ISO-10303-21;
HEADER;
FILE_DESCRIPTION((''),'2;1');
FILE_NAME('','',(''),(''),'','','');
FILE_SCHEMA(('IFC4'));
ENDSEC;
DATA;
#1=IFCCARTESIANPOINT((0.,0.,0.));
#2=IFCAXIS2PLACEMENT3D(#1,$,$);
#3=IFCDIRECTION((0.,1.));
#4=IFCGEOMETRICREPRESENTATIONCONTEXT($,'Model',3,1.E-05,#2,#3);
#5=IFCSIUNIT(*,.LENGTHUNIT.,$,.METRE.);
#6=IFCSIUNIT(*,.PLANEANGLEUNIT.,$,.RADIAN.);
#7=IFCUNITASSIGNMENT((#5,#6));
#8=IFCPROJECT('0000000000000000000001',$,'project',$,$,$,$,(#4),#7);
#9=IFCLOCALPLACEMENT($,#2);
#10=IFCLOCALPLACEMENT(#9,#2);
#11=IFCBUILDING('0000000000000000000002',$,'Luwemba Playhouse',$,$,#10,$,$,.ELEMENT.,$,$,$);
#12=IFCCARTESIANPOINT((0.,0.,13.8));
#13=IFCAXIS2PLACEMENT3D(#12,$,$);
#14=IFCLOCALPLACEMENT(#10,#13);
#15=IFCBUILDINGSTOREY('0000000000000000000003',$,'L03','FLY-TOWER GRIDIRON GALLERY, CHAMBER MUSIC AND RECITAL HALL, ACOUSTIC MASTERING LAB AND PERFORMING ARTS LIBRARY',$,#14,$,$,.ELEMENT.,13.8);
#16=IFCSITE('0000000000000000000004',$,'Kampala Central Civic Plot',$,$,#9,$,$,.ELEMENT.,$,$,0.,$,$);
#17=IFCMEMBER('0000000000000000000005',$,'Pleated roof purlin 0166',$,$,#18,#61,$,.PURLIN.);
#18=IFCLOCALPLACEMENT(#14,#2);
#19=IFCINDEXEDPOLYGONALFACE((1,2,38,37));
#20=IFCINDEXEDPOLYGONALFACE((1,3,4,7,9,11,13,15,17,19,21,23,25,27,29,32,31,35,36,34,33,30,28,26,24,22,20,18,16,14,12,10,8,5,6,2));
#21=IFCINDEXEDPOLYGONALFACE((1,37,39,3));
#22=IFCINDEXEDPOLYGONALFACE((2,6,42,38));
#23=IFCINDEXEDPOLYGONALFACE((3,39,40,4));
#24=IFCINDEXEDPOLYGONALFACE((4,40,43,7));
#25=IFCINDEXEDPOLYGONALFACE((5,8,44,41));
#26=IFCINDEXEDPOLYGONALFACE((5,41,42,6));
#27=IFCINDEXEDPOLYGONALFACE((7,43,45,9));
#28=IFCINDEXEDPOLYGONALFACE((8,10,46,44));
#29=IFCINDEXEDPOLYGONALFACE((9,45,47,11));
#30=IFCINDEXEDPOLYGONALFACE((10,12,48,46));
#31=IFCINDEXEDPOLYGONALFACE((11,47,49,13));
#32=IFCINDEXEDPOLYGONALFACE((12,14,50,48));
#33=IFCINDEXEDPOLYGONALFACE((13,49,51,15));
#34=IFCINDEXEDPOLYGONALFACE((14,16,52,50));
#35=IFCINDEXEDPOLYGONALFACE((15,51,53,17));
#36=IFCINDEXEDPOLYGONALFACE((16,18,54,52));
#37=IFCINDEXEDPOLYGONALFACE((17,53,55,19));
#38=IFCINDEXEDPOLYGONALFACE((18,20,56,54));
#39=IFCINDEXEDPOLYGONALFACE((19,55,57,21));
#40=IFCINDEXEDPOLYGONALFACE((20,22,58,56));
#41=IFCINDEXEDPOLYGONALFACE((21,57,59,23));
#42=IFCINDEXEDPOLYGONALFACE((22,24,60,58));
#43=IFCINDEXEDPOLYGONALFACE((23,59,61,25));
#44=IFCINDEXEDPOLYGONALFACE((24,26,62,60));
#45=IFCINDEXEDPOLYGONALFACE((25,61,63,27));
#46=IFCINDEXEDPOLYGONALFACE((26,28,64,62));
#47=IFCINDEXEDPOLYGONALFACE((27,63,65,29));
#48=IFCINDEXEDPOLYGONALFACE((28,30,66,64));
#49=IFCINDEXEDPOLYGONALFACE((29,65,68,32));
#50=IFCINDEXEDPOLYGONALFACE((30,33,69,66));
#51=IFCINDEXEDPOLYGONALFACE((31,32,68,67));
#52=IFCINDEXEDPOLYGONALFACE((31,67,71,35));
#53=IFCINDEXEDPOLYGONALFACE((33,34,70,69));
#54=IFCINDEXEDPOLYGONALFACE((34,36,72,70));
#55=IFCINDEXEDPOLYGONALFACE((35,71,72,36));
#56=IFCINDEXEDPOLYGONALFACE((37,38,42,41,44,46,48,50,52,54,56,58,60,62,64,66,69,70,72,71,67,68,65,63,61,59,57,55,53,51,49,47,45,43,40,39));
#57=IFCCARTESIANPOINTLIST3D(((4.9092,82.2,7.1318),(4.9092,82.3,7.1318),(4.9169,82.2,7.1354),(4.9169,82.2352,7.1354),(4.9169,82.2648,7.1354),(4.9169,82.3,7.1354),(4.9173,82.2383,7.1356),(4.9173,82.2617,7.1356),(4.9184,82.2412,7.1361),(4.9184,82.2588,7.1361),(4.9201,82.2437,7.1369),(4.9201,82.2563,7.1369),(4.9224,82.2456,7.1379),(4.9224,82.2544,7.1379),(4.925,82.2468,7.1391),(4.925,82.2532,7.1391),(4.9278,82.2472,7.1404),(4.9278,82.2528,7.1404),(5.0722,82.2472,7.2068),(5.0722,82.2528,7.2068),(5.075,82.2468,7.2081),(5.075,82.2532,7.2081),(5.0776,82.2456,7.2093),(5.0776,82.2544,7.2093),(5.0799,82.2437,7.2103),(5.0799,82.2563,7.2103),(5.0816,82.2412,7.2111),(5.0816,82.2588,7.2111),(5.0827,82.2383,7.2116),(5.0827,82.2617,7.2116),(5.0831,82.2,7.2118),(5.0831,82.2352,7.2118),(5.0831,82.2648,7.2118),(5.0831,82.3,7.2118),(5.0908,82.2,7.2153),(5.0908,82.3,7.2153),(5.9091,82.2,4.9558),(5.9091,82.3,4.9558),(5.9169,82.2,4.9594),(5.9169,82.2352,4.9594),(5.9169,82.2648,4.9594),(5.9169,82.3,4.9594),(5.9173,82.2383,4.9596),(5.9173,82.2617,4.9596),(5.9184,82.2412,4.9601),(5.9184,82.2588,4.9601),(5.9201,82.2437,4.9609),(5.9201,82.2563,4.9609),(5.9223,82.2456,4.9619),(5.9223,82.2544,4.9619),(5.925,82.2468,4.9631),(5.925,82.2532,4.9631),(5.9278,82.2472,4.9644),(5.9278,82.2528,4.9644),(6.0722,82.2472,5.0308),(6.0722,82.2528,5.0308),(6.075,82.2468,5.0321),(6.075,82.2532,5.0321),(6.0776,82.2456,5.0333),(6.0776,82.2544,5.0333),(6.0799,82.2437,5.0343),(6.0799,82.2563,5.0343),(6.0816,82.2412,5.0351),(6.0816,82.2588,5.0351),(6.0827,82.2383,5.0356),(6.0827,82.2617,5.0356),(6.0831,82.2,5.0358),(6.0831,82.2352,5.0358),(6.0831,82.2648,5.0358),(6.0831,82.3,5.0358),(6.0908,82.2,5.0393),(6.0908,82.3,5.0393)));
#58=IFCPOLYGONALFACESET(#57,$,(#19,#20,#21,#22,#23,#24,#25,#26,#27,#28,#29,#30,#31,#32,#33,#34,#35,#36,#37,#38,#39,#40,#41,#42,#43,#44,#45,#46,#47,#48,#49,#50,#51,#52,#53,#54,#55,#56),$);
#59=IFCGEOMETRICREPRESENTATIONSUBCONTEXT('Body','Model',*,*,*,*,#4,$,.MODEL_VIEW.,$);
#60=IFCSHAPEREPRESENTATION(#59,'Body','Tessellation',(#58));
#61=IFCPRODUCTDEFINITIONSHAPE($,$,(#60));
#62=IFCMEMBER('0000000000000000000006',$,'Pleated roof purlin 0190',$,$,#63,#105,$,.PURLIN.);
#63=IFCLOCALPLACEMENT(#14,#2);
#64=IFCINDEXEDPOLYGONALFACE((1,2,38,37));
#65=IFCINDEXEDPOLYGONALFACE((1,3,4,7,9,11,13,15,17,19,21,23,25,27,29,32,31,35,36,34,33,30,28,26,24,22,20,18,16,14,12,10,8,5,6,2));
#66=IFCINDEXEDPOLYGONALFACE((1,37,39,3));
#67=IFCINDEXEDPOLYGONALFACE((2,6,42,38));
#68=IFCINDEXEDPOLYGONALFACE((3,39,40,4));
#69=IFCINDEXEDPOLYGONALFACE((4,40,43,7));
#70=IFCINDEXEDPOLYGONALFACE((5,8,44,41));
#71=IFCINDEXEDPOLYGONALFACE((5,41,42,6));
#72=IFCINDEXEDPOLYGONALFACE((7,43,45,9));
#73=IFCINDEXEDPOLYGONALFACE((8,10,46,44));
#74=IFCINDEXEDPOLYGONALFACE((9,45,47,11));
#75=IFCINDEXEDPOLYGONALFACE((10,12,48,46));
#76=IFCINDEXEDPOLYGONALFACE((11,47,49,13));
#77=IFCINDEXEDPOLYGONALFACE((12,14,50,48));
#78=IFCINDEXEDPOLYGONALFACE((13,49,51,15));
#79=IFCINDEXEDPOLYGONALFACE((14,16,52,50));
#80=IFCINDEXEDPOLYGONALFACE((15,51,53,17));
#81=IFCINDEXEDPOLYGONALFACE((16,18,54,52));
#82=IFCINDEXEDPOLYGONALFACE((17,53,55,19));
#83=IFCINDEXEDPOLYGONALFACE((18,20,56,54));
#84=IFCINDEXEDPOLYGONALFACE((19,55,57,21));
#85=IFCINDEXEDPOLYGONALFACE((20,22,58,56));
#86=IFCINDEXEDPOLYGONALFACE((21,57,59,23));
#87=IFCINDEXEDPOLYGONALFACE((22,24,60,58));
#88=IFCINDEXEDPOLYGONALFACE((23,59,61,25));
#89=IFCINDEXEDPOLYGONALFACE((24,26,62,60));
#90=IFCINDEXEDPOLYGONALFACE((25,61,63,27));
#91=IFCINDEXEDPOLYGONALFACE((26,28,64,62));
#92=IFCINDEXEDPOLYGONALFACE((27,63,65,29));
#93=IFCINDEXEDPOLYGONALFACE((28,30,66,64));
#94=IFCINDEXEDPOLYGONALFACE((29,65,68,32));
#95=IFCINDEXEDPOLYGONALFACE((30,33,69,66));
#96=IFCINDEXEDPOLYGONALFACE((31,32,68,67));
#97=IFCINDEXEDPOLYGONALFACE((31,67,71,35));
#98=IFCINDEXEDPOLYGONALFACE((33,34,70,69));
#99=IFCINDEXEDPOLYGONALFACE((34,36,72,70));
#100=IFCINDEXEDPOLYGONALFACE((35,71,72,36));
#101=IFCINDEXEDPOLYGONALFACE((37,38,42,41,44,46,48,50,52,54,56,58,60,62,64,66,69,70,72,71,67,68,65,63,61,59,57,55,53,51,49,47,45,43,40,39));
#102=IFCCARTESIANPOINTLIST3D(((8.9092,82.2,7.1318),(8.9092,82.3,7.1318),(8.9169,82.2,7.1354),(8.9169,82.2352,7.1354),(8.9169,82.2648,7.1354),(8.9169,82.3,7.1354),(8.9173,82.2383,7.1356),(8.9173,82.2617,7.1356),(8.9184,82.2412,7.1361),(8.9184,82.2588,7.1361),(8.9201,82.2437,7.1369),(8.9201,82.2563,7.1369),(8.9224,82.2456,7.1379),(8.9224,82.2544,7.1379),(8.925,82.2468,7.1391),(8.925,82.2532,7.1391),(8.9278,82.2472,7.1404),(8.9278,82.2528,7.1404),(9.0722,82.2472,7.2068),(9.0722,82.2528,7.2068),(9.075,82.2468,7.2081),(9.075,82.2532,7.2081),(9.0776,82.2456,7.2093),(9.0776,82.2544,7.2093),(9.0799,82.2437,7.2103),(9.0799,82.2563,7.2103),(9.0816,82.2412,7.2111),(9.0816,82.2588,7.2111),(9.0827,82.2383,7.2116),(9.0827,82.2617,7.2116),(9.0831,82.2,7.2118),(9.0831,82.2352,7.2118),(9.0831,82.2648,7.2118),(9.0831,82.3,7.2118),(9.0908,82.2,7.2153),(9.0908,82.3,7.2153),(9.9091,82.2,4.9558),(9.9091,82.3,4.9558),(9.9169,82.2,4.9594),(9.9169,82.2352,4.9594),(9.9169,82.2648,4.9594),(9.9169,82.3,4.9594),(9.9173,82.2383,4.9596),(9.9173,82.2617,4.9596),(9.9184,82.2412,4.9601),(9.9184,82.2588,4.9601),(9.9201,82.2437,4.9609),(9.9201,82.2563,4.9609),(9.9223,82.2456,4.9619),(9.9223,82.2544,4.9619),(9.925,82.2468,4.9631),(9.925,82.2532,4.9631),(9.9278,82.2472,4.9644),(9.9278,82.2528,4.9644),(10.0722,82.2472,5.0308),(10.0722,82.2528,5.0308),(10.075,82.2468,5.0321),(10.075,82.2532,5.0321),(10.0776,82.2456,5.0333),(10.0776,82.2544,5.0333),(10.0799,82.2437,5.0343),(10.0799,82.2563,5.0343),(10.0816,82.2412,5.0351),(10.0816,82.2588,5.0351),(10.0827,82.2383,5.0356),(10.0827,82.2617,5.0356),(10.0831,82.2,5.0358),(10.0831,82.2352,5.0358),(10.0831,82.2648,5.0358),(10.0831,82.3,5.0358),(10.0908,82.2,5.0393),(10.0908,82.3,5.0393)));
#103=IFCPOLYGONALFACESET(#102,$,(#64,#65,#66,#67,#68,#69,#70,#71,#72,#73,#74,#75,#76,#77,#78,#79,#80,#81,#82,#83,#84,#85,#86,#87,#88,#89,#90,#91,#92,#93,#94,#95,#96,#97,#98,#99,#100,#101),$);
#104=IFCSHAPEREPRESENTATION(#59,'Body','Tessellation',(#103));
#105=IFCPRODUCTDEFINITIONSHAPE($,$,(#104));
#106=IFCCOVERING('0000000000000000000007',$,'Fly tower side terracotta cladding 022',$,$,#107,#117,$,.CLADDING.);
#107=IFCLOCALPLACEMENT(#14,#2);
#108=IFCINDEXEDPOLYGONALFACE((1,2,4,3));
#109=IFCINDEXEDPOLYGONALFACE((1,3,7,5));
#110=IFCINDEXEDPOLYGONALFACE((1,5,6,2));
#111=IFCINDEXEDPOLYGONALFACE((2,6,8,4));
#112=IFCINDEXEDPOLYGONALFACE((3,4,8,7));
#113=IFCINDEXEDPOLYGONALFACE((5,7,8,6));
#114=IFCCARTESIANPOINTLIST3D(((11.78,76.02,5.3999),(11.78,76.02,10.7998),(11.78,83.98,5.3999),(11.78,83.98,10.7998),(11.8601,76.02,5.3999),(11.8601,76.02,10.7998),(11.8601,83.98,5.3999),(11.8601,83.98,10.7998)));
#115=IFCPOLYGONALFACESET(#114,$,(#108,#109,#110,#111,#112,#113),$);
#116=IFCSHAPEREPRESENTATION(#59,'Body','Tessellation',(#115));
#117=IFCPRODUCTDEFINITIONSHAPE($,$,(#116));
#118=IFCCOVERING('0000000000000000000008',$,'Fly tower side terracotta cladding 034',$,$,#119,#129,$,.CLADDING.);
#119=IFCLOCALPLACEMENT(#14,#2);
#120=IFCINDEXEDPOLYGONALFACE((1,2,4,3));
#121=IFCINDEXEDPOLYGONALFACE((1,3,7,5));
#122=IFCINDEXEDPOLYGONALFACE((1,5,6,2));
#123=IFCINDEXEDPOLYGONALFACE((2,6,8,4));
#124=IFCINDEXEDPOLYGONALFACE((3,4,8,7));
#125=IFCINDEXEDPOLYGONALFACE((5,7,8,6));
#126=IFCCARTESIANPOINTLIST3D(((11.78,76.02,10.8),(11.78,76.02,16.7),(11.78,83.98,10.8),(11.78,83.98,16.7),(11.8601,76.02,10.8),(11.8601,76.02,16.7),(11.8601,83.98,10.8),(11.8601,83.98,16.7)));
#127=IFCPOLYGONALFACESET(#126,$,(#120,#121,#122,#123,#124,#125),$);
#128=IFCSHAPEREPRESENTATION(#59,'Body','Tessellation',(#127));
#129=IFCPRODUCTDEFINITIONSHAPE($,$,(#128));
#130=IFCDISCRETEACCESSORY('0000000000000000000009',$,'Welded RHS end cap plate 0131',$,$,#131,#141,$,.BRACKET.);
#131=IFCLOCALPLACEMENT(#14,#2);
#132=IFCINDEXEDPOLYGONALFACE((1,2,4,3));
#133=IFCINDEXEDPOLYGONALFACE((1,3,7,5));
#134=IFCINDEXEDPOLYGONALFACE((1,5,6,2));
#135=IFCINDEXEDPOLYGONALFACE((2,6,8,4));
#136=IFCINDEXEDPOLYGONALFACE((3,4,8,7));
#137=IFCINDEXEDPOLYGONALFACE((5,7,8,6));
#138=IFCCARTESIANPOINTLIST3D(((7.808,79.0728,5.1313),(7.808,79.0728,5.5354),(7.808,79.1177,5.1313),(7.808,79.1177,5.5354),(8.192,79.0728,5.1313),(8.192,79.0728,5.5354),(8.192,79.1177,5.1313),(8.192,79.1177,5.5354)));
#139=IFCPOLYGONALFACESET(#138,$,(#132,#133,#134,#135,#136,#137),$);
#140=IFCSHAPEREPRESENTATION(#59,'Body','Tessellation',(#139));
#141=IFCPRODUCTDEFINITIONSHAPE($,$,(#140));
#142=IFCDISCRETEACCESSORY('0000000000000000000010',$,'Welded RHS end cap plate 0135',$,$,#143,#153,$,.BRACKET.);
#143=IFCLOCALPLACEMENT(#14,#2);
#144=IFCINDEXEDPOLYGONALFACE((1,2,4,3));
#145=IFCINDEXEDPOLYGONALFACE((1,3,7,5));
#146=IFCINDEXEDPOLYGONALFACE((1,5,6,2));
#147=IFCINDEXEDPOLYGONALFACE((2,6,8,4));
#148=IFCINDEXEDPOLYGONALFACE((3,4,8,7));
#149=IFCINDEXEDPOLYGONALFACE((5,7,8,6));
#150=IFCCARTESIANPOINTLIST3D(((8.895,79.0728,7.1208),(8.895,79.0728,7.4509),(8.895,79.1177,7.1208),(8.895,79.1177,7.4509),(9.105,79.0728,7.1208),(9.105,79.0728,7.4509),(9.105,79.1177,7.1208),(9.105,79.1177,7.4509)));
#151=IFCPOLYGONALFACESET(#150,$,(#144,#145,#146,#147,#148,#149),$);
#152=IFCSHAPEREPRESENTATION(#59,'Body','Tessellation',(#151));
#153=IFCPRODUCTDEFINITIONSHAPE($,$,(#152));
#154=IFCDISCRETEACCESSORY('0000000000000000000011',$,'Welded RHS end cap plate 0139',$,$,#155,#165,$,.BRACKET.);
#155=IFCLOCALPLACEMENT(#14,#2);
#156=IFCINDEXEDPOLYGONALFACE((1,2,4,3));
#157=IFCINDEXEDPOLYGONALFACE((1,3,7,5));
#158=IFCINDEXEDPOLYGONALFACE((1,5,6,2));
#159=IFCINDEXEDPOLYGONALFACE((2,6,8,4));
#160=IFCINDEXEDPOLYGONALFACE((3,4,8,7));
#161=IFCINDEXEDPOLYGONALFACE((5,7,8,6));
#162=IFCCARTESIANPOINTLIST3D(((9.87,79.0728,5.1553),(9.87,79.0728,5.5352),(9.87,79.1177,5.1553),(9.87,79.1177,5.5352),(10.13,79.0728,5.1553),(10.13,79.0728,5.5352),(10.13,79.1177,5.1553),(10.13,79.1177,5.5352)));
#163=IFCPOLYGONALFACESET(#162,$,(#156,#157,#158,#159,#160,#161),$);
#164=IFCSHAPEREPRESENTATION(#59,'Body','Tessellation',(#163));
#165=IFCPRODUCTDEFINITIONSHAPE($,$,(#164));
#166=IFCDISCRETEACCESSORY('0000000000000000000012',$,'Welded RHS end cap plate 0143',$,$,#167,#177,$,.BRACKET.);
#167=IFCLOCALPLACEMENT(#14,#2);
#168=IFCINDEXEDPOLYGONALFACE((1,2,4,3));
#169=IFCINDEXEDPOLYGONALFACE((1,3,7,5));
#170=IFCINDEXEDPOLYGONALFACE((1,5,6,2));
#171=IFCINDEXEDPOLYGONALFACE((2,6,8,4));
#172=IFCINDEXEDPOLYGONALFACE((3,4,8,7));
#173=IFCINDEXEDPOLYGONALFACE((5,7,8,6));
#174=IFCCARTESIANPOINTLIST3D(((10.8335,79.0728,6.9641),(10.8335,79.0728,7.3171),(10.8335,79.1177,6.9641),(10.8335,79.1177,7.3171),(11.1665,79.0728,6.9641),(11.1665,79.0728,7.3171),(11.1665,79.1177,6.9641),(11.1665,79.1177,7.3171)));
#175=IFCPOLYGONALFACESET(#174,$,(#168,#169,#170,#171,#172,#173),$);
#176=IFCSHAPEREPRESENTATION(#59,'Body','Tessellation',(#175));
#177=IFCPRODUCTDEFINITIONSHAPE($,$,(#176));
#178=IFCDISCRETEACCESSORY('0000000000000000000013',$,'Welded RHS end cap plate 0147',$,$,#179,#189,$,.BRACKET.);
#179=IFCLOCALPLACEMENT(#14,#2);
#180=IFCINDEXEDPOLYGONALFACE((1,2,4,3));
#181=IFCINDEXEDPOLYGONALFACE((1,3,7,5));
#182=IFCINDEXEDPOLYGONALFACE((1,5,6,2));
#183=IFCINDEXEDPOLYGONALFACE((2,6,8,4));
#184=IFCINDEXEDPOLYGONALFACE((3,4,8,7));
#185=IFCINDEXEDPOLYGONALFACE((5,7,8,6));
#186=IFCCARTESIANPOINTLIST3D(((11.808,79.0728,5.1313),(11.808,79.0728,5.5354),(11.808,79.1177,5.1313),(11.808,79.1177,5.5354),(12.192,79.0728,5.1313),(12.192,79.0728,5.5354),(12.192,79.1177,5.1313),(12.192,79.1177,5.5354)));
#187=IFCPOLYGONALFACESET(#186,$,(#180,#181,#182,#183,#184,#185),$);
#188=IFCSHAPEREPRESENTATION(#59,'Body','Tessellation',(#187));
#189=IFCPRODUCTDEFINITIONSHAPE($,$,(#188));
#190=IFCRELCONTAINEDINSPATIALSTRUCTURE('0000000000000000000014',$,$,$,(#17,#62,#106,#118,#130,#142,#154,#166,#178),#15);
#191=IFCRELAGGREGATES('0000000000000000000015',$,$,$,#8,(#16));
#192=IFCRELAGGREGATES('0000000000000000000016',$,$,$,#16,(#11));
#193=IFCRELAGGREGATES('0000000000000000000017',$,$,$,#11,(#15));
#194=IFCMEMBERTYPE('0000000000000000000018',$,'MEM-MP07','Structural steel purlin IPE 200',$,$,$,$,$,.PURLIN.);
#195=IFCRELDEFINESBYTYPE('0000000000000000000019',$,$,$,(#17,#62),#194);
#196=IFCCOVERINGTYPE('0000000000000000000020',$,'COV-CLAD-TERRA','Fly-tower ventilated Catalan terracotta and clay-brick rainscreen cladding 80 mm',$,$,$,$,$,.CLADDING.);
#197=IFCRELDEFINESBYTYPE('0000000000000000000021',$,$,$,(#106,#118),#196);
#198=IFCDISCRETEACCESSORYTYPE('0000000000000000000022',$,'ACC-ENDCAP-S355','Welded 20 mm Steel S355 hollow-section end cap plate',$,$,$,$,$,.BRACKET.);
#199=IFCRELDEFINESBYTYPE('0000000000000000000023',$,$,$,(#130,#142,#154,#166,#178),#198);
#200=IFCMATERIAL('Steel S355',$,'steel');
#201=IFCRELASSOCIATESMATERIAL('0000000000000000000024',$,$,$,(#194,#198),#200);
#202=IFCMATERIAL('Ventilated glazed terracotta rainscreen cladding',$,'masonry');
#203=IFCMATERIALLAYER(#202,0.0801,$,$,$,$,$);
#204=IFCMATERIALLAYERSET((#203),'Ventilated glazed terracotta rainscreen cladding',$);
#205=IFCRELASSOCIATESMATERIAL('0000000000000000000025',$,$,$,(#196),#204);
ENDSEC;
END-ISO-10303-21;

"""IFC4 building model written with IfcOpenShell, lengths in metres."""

from ifc_helpers import new_model, si_unit, direction, frame, origin, origin_2d, place, context, subcontext, project, spatial, rectangle, i_section, extrude, material, layer, layer_set, material_profile, profile_set, type_object, element, save


model = new_model("IFC4")

# Units and contexts
model_context = context("Model", 3, precision=1e-05, world=origin(), true_north=direction((0.0, 1.0)))
body_context = subcontext(model_context, "Body", "Model", "MODEL_VIEW")
ifc_project = project(units=[si_unit("LENGTHUNIT", "METRE"), si_unit("PLANEANGLEUNIT", "RADIAN")], contexts=[model_context])

# Site, building, storey
site_placement = place(None, origin())
site = spatial("IfcSite", under=ifc_project, at=site_placement, Name="Kampala Central Civic Plot", CompositionType="ELEMENT", RefElevation=0.0)
building_placement = place(site_placement, origin())
building = spatial("IfcBuilding", under=site, at=building_placement, Name="Luwemba Playhouse", CompositionType="ELEMENT")
storey_placement = place(building_placement, frame((0.0, 0.0, 13.8)))
storey = spatial("IfcBuildingStorey", under=building, at=storey_placement, Name="L03", Description="FLY-TOWER GRIDIRON GALLERY, CHAMBER MUSIC AND RECITAL HALL, ACOUSTIC MASTERING LAB AND PERFORMING ARTS LIBRARY", CompositionType="ELEMENT", Elevation=13.8)

# Shared definitions
ifc_material_1 = material(Name="Steel S355", Category="steel")

# Members
ifc_material_profile_1 = material_profile(ifc_material_1, i_section(OverallWidth=0.1001, OverallDepth=0.2, WebThickness=0.0056, FlangeThickness=0.0085, FilletRadius=0.012, at=origin_2d()))
ifc_profile_set_1 = profile_set([ifc_material_profile_1], Name="Steel S355")
member_type_1 = type_object("IfcMemberType", Name="MEM-MP07", Description="Structural steel purlin IPE 200", PredefinedType="PURLIN", material=ifc_profile_set_1)
for number, where, z_axis, x_axis, name in (
    (1, (5.0, 82.25, 7.1736), (0.417571, 0.0, -0.908644), (0.0, 1.0, 0.0), "Pleated roof purlin 0166"),
    (2, (9.0, 82.25, 7.1736), (0.417571, 0.0, -0.908644), (0.0, 1.0, 0.0), "Pleated roof purlin 0190"),
):
    element("IfcMember", number, at=place(storey_placement, frame(where, z_axis=z_axis, x_axis=x_axis)), inside=storey, type_object=member_type_1, Name=name, PredefinedType="PURLIN", context=body_context, shape_type="SweptSolid", body=[
        extrude(i_section(OverallWidth=0.1001, OverallDepth=0.2, WebThickness=0.0056, FlangeThickness=0.0085, FilletRadius=0.012, at=origin_2d()), origin(), (0.0, 0.0, 1.0), 2.3948),
    ])

# Coverings
ifc_material_2 = material(Name="Ventilated glazed terracotta rainscreen cladding", Category="masonry")
ifc_layer = layer(ifc_material_2, 0.0801)
ifc_layer_set = layer_set([ifc_layer], Name="Ventilated glazed terracotta rainscreen cladding")
covering_type = type_object("IfcCoveringType", Name="COV-CLAD-TERRA", Description="Fly-tower ventilated Catalan terracotta and clay-brick rainscreen cladding 80 mm", PredefinedType="CLADDING", material=ifc_layer_set)
covering_1_placement = place(storey_placement, frame((11.8201, 80.0, 5.3999), z_axis=(0.0, 0.0, 1.0), x_axis=(0.0, 1.0, 0.0)))
element("IfcCovering", 3, at=covering_1_placement, inside=storey, type_object=covering_type, Name="Fly tower side terracotta cladding 022", PredefinedType="CLADDING", context=body_context, shape_type="SweptSolid", body=[
    extrude(rectangle(XDim=7.96, YDim=0.0801, at=origin_2d()), origin(), (0.0, 0.0, 1.0), 5.3999),
])
covering_2_placement = place(storey_placement, frame((11.8201, 80.0, 10.8), z_axis=(0.0, 0.0, 1.0), x_axis=(0.0, 1.0, 0.0)))
element("IfcCovering", 4, at=covering_2_placement, inside=storey, type_object=covering_type, Name="Fly tower side terracotta cladding 034", PredefinedType="CLADDING", context=body_context, shape_type="SweptSolid", body=[
    extrude(rectangle(XDim=7.96, YDim=0.0801, at=origin_2d()), origin(), (0.0, 0.0, 1.0), 5.8999),
])

# Discrete accessories
discrete_accessory_type = type_object("IfcDiscreteAccessoryType", Name="ACC-ENDCAP-S355", Description="Welded 20 mm Steel S355 hollow-section end cap plate", PredefinedType="BRACKET", material=ifc_material_1)
discrete_accessory_1_placement = place(storey_placement, frame((8.0, 79.0952, 5.1313), z_axis=(0.0, 0.0, 1.0), x_axis=(1.0, 0.0, 0.0)))
element("IfcDiscreteAccessory", 5, at=discrete_accessory_1_placement, inside=storey, type_object=discrete_accessory_type, Name="Welded RHS end cap plate 0131", PredefinedType="BRACKET", context=body_context, shape_type="SweptSolid", body=[
    extrude(rectangle(XDim=0.384, YDim=0.0449, at=origin_2d()), origin(), (0.0, 0.0, 1.0), 0.4041),
])
discrete_accessory_2_placement = place(storey_placement, frame((9.0, 79.0952, 7.1208), z_axis=(0.0, 0.0, 1.0), x_axis=(1.0, 0.0, 0.0)))
element("IfcDiscreteAccessory", 6, at=discrete_accessory_2_placement, inside=storey, type_object=discrete_accessory_type, Name="Welded RHS end cap plate 0135", PredefinedType="BRACKET", context=body_context, shape_type="SweptSolid", body=[
    extrude(rectangle(XDim=0.21, YDim=0.0449, at=origin_2d()), origin(), (0.0, 0.0, 1.0), 0.3301),
])
discrete_accessory_3_placement = place(storey_placement, frame((10.0, 79.0952, 5.1553), z_axis=(0.0, 0.0, 1.0), x_axis=(1.0, 0.0, 0.0)))
element("IfcDiscreteAccessory", 7, at=discrete_accessory_3_placement, inside=storey, type_object=discrete_accessory_type, Name="Welded RHS end cap plate 0139", PredefinedType="BRACKET", context=body_context, shape_type="SweptSolid", body=[
    extrude(rectangle(XDim=0.26, YDim=0.0449, at=origin_2d()), origin(), (0.0, 0.0, 1.0), 0.3799),
])
discrete_accessory_4_placement = place(storey_placement, frame((11.0, 79.0952, 6.9641), z_axis=(0.0, 0.0, 1.0), x_axis=(1.0, 0.0, 0.0)))
element("IfcDiscreteAccessory", 8, at=discrete_accessory_4_placement, inside=storey, type_object=discrete_accessory_type, Name="Welded RHS end cap plate 0143", PredefinedType="BRACKET", context=body_context, shape_type="SweptSolid", body=[
    extrude(rectangle(XDim=0.333, YDim=0.0449, at=origin_2d()), origin(), (0.0, 0.0, 1.0), 0.353),
])
discrete_accessory_5_placement = place(storey_placement, frame((12.0, 79.0952, 5.1313), z_axis=(0.0, 0.0, 1.0), x_axis=(1.0, 0.0, 0.0)))
element("IfcDiscreteAccessory", 9, at=discrete_accessory_5_placement, inside=storey, type_object=discrete_accessory_type, Name="Welded RHS end cap plate 0147", PredefinedType="BRACKET", context=body_context, shape_type="SweptSolid", body=[
    extrude(rectangle(XDim=0.384, YDim=0.0449, at=origin_2d()), origin(), (0.0, 0.0, 1.0), 0.4041),
])

save(model, "model.ifc")
